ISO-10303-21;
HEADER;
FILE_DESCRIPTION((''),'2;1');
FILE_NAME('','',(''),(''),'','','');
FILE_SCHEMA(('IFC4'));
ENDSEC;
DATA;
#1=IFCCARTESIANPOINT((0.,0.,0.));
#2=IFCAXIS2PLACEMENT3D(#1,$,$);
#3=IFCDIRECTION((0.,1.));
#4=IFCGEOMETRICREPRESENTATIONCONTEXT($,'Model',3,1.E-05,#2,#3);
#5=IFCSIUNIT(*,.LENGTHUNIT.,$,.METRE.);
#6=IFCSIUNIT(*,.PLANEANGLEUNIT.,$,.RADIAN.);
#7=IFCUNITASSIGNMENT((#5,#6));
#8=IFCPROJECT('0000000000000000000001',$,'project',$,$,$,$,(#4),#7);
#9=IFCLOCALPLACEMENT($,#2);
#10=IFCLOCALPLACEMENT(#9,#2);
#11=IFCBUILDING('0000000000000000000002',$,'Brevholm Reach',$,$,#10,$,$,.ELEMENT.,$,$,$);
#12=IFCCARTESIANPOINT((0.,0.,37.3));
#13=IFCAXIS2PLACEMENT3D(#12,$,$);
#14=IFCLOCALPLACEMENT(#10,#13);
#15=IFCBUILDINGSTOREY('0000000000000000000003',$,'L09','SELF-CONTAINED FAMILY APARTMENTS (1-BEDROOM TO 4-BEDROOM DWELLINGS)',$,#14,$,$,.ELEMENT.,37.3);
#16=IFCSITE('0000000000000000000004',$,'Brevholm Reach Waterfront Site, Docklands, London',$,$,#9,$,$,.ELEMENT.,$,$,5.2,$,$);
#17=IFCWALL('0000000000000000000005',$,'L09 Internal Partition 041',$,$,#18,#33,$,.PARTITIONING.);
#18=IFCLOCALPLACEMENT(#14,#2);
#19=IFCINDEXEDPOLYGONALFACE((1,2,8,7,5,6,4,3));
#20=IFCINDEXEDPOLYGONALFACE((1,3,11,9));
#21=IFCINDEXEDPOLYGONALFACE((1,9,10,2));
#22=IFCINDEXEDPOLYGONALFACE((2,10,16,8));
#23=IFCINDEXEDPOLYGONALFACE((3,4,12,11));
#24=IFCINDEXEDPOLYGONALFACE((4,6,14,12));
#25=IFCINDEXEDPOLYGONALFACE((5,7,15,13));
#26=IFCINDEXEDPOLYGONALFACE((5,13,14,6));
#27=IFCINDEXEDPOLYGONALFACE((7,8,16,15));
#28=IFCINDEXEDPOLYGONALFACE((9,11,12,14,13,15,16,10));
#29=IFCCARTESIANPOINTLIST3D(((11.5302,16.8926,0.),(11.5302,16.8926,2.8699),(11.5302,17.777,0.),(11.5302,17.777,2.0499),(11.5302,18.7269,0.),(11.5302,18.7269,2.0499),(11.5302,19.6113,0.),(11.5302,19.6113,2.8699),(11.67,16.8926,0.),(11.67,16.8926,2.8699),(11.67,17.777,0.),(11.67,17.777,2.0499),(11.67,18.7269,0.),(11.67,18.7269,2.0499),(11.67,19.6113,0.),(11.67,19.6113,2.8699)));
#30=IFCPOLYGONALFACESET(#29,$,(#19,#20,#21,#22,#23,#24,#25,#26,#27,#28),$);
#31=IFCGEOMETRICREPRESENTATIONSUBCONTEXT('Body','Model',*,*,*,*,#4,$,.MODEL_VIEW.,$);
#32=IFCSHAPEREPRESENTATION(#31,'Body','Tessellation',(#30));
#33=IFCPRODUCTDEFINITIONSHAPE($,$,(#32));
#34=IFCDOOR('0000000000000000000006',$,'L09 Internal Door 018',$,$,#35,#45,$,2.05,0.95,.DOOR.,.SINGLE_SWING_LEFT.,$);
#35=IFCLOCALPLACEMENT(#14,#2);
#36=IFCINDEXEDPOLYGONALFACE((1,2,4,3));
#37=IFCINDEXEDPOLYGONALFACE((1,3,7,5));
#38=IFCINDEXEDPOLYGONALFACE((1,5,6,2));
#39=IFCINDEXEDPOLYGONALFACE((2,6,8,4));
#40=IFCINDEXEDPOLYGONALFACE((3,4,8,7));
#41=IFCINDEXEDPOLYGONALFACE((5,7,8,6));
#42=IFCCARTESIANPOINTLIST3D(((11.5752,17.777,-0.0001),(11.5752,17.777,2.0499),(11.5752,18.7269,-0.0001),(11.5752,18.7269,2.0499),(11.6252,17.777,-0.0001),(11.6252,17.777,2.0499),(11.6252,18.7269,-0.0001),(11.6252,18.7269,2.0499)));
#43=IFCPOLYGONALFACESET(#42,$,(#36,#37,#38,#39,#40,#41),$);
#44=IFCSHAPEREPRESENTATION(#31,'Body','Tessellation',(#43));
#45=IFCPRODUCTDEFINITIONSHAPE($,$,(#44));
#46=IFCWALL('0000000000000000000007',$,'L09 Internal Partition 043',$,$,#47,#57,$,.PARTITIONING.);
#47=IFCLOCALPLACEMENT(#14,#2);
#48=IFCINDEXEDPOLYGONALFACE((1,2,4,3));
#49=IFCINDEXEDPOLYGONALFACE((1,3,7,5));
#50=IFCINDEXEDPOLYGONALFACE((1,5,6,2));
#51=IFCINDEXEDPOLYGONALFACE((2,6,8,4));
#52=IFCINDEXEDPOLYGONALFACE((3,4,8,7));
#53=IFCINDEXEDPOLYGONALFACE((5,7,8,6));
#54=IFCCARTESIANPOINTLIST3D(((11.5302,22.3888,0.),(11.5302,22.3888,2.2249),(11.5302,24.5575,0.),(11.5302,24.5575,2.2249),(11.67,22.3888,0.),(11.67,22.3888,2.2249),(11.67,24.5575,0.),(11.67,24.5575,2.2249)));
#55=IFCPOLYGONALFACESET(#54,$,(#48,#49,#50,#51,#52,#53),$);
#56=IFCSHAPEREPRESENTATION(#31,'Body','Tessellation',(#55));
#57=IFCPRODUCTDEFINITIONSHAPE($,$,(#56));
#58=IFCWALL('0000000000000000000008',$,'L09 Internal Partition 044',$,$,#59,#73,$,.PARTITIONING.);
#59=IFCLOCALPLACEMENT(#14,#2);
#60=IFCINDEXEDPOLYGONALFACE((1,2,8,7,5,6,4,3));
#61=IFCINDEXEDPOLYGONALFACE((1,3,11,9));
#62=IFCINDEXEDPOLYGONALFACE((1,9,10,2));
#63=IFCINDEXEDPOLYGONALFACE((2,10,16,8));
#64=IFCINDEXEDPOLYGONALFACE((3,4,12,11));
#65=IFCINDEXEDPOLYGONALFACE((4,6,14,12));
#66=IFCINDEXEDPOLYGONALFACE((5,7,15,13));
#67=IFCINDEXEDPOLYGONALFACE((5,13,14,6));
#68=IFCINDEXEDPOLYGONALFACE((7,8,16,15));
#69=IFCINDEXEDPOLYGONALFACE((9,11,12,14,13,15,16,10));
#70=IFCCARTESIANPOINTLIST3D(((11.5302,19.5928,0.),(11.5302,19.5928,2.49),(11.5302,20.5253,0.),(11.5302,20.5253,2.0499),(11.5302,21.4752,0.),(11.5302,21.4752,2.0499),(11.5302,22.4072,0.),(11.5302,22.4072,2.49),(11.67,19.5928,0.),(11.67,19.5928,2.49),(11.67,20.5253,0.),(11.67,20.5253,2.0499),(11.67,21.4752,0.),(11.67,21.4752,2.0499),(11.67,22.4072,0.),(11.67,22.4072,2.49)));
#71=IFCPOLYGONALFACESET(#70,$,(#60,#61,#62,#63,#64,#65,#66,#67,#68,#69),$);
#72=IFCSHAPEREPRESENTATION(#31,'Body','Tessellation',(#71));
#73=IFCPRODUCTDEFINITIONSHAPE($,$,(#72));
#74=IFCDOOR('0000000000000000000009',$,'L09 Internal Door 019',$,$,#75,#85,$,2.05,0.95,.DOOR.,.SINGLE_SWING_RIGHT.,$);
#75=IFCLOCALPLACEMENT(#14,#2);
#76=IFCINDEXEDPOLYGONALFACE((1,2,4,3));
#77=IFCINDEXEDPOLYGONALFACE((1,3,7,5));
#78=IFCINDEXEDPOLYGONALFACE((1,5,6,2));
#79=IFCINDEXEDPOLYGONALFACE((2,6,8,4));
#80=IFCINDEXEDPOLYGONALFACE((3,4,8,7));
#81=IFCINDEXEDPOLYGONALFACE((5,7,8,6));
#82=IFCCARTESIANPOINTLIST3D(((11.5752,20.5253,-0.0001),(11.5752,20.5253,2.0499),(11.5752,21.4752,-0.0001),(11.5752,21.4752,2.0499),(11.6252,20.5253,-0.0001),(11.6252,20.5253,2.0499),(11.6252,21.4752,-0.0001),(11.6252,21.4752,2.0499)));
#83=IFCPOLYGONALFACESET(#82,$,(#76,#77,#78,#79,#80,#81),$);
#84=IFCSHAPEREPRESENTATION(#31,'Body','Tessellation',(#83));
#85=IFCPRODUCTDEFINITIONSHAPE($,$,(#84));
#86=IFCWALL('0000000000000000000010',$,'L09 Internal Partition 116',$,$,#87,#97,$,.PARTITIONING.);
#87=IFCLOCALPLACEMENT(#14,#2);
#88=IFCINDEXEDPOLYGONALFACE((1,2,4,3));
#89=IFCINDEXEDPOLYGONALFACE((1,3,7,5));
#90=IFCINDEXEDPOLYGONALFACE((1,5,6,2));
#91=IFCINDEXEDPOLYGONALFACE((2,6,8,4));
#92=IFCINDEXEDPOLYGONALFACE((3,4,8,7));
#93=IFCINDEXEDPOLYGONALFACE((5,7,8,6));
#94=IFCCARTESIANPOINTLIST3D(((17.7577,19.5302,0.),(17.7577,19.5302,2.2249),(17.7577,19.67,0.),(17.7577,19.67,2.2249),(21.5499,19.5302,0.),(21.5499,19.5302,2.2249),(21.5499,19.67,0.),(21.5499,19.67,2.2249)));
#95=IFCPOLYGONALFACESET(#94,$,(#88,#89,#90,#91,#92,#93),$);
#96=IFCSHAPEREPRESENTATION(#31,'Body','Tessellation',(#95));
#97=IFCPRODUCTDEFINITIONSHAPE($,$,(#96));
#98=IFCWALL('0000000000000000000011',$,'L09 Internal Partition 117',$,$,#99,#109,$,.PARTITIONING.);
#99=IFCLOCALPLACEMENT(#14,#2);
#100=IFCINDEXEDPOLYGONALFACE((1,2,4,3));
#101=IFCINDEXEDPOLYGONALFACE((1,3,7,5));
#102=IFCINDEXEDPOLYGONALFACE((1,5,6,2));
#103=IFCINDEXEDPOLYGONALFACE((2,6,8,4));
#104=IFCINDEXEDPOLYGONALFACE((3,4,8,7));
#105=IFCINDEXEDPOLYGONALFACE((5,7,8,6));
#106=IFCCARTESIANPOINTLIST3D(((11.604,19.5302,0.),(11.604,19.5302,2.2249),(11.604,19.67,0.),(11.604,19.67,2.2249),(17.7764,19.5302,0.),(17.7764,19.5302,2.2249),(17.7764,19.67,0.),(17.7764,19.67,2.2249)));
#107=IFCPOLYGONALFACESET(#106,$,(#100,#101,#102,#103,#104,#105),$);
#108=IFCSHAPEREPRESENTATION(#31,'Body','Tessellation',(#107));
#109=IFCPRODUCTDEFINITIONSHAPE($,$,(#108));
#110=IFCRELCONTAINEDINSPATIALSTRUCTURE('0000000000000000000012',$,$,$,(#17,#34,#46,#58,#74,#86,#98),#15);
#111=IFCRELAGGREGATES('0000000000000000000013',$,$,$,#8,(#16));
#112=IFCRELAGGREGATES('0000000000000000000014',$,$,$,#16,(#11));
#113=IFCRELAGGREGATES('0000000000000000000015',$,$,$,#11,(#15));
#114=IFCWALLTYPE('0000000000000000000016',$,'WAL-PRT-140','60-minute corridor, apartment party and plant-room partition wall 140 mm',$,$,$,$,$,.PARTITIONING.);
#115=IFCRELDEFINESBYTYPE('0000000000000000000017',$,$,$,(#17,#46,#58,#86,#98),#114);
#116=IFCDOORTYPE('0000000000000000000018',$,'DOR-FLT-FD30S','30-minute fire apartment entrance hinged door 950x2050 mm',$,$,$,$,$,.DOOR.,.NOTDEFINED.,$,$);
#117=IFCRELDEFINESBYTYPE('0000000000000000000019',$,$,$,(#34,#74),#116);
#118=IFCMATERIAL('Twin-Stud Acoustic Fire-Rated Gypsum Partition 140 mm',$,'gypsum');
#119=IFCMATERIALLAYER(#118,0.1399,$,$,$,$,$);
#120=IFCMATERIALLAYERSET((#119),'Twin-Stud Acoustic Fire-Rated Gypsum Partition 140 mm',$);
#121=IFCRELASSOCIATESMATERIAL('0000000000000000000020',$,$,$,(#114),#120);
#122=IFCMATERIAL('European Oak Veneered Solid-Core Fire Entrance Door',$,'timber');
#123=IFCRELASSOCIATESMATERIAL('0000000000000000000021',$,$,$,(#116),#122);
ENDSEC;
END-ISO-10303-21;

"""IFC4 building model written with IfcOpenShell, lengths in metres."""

from ifc_helpers import new_model, si_unit, direction, frame, frame_2d, origin, place, context, subcontext, project, spatial, rectangle, extrude, material, layer, layer_set, type_object, element, fill, save


model = new_model("IFC4")

# Units and contexts
model_context = context("Model", 3, precision=1e-05, world=origin(), true_north=direction((0.0, 1.0)))
body_context = subcontext(model_context, "Body", "Model", "MODEL_VIEW")
ifc_project = project(units=[si_unit("LENGTHUNIT", "METRE"), si_unit("PLANEANGLEUNIT", "RADIAN")], contexts=[model_context])

# Site, building, storey
site_placement = place(None, origin())
site = spatial("IfcSite", under=ifc_project, at=site_placement, Name="Brevholm Reach Waterfront Site, Docklands, London", CompositionType="ELEMENT", RefElevation=5.2)
building_placement = place(site_placement, origin())
building = spatial("IfcBuilding", under=site, at=building_placement, Name="Brevholm Reach", CompositionType="ELEMENT")
storey_placement = place(building_placement, frame((0.0, 0.0, 37.3)))
storey = spatial("IfcBuildingStorey", under=building, at=storey_placement, Name="L09", Description="SELF-CONTAINED FAMILY APARTMENTS (1-BEDROOM TO 4-BEDROOM DWELLINGS)", CompositionType="ELEMENT", Elevation=37.3)

# Wall, opening, door
ifc_material_1 = material(Name="Twin-Stud Acoustic Fire-Rated Gypsum Partition 140 mm", Category="gypsum")
ifc_layer_1 = layer(ifc_material_1, 0.1399)
ifc_layer_set_1 = layer_set([ifc_layer_1], Name="Twin-Stud Acoustic Fire-Rated Gypsum Partition 140 mm")
wall_type_1 = type_object("IfcWallType", Name="WAL-PRT-140", Description="60-minute corridor, apartment party and plant-room partition wall 140 mm", PredefinedType="PARTITIONING", material=ifc_layer_set_1)
wall_1_placement = place(storey_placement, frame((11.6001, 16.8926, 0.0), z_axis=(0.0, 0.0, 1.0), x_axis=(0.0, 1.0, 0.0)))
wall_1 = element("IfcWall", 1, at=wall_1_placement, inside=storey, type_object=wall_type_1, Name="L09 Internal Partition 041", PredefinedType="PARTITIONING", context=body_context, shape_type="SweptSolid", body=[
    extrude(rectangle(XDim=2.7188, YDim=0.1399, at=frame_2d((1.3594, 0.0))), origin(), (0.0, 0.0, 1.0), 2.8699),
])
opening_1_placement = place(wall_1_placement, frame((0.8843, 0.0, 0.0)))
opening_1 = element("IfcOpeningElement", 2, at=opening_1_placement, cuts=wall_1, PredefinedType="OPENING", context=body_context, shape_type="SweptSolid", body=[
    extrude(rectangle(XDim=0.95, YDim=2.05, at=frame_2d((0.4751, 1.0249))), frame((0.0, 0.0798, 0.0), z_axis=(0.0, -1.0, 0.0), x_axis=(1.0, 0.0, 0.0)), (0.0, 0.0, 1.0), 0.1599),
])
ifc_material_2 = material(Name="European Oak Veneered Solid-Core Fire Entrance Door", Category="timber")
door_type_1 = type_object("IfcDoorType", Name="DOR-FLT-FD30S", Description="30-minute fire apartment entrance hinged door 950x2050 mm", OperationType="NOTDEFINED", PredefinedType="DOOR", material=ifc_material_2)
door_1_placement = place(opening_1_placement, origin())
door_1 = element("IfcDoor", 3, at=door_1_placement, inside=storey, type_object=door_type_1, Name="L09 Internal Door 018", OperationType="SINGLE_SWING_LEFT", OverallHeight=2.05, OverallWidth=0.95, PredefinedType="DOOR", context=body_context, shape_type="SweptSolid", body=[
    extrude(rectangle(XDim=0.95, YDim=2.05, at=frame_2d((0.4751, 1.0249))), frame((0.0, 0.0249, 0.0), z_axis=(0.0, -1.0, 0.0), x_axis=(1.0, 0.0, 0.0)), (0.0, 0.0, 1.0), 0.05),
])
fill(opening_1, door_1)

# Wall
wall_2_placement = place(storey_placement, frame((11.6001, 22.3887, 0.0), z_axis=(0.0, 0.0, 1.0), x_axis=(0.0, 1.0, 0.0)))
element("IfcWall", 4, at=wall_2_placement, inside=storey, type_object=wall_type_1, Name="L09 Internal Partition 043", PredefinedType="PARTITIONING", context=body_context, shape_type="SweptSolid", body=[
    extrude(rectangle(XDim=2.1687, YDim=0.1399, at=frame_2d((1.0845, 0.0))), origin(), (0.0, 0.0, 1.0), 2.2249),
])

# Wall, opening, door
wall_3_placement = place(storey_placement, frame((11.6001, 19.5928, 0.0), z_axis=(0.0, 0.0, 1.0), x_axis=(0.0, 1.0, 0.0)))
wall_3 = element("IfcWall", 5, at=wall_3_placement, inside=storey, type_object=wall_type_1, Name="L09 Internal Partition 044", PredefinedType="PARTITIONING", context=body_context, shape_type="SweptSolid", body=[
    extrude(rectangle(XDim=2.8145, YDim=0.1399, at=frame_2d((1.4072, 0.0))), origin(), (0.0, 0.0, 1.0), 2.49),
])
opening_2_placement = place(wall_3_placement, frame((0.9324, 0.0, 0.0)))
opening_2 = element("IfcOpeningElement", 6, at=opening_2_placement, cuts=wall_3, PredefinedType="OPENING", context=body_context, shape_type="SweptSolid", body=[
    extrude(rectangle(XDim=0.95, YDim=2.05, at=frame_2d((0.4751, 1.0249))), frame((0.0, 0.0798, 0.0), z_axis=(0.0, -1.0, 0.0), x_axis=(1.0, 0.0, 0.0)), (0.0, 0.0, 1.0), 0.1599),
])
door_2_placement = place(opening_2_placement, origin())
door_2 = element("IfcDoor", 7, at=door_2_placement, inside=storey, type_object=door_type_1, Name="L09 Internal Door 019", OperationType="SINGLE_SWING_RIGHT", OverallHeight=2.05, OverallWidth=0.95, PredefinedType="DOOR", context=body_context, shape_type="SweptSolid", body=[
    extrude(rectangle(XDim=0.95, YDim=2.05, at=frame_2d((0.4751, 1.0249))), frame((0.0, 0.0249, 0.0), z_axis=(0.0, -1.0, 0.0), x_axis=(1.0, 0.0, 0.0)), (0.0, 0.0, 1.0), 0.05),
])
fill(opening_2, door_2)

# Walls
wall_4_placement = place(storey_placement, frame((17.7578, 19.6001, 0.0), z_axis=(0.0, 0.0, 1.0), x_axis=(1.0, 0.0, 0.0)))
element("IfcWall", 8, at=wall_4_placement, inside=storey, type_object=wall_type_1, Name="L09 Internal Partition 116", PredefinedType="PARTITIONING", context=body_context, shape_type="SweptSolid", body=[
    extrude(rectangle(XDim=3.7922, YDim=0.1399, at=frame_2d((1.896, 0.0))), origin(), (0.0, 0.0, 1.0), 2.2249),
])
wall_5_placement = place(storey_placement, frame((11.604, 19.6001, 0.0), z_axis=(0.0, 0.0, 1.0), x_axis=(1.0, 0.0, 0.0)))
element("IfcWall", 9, at=wall_5_placement, inside=storey, type_object=wall_type_1, Name="L09 Internal Partition 117", PredefinedType="PARTITIONING", context=body_context, shape_type="SweptSolid", body=[
    extrude(rectangle(XDim=6.1724, YDim=0.1399, at=frame_2d((3.0862, 0.0))), origin(), (0.0, 0.0, 1.0), 2.2249),
])

save(model, "model.ifc")
